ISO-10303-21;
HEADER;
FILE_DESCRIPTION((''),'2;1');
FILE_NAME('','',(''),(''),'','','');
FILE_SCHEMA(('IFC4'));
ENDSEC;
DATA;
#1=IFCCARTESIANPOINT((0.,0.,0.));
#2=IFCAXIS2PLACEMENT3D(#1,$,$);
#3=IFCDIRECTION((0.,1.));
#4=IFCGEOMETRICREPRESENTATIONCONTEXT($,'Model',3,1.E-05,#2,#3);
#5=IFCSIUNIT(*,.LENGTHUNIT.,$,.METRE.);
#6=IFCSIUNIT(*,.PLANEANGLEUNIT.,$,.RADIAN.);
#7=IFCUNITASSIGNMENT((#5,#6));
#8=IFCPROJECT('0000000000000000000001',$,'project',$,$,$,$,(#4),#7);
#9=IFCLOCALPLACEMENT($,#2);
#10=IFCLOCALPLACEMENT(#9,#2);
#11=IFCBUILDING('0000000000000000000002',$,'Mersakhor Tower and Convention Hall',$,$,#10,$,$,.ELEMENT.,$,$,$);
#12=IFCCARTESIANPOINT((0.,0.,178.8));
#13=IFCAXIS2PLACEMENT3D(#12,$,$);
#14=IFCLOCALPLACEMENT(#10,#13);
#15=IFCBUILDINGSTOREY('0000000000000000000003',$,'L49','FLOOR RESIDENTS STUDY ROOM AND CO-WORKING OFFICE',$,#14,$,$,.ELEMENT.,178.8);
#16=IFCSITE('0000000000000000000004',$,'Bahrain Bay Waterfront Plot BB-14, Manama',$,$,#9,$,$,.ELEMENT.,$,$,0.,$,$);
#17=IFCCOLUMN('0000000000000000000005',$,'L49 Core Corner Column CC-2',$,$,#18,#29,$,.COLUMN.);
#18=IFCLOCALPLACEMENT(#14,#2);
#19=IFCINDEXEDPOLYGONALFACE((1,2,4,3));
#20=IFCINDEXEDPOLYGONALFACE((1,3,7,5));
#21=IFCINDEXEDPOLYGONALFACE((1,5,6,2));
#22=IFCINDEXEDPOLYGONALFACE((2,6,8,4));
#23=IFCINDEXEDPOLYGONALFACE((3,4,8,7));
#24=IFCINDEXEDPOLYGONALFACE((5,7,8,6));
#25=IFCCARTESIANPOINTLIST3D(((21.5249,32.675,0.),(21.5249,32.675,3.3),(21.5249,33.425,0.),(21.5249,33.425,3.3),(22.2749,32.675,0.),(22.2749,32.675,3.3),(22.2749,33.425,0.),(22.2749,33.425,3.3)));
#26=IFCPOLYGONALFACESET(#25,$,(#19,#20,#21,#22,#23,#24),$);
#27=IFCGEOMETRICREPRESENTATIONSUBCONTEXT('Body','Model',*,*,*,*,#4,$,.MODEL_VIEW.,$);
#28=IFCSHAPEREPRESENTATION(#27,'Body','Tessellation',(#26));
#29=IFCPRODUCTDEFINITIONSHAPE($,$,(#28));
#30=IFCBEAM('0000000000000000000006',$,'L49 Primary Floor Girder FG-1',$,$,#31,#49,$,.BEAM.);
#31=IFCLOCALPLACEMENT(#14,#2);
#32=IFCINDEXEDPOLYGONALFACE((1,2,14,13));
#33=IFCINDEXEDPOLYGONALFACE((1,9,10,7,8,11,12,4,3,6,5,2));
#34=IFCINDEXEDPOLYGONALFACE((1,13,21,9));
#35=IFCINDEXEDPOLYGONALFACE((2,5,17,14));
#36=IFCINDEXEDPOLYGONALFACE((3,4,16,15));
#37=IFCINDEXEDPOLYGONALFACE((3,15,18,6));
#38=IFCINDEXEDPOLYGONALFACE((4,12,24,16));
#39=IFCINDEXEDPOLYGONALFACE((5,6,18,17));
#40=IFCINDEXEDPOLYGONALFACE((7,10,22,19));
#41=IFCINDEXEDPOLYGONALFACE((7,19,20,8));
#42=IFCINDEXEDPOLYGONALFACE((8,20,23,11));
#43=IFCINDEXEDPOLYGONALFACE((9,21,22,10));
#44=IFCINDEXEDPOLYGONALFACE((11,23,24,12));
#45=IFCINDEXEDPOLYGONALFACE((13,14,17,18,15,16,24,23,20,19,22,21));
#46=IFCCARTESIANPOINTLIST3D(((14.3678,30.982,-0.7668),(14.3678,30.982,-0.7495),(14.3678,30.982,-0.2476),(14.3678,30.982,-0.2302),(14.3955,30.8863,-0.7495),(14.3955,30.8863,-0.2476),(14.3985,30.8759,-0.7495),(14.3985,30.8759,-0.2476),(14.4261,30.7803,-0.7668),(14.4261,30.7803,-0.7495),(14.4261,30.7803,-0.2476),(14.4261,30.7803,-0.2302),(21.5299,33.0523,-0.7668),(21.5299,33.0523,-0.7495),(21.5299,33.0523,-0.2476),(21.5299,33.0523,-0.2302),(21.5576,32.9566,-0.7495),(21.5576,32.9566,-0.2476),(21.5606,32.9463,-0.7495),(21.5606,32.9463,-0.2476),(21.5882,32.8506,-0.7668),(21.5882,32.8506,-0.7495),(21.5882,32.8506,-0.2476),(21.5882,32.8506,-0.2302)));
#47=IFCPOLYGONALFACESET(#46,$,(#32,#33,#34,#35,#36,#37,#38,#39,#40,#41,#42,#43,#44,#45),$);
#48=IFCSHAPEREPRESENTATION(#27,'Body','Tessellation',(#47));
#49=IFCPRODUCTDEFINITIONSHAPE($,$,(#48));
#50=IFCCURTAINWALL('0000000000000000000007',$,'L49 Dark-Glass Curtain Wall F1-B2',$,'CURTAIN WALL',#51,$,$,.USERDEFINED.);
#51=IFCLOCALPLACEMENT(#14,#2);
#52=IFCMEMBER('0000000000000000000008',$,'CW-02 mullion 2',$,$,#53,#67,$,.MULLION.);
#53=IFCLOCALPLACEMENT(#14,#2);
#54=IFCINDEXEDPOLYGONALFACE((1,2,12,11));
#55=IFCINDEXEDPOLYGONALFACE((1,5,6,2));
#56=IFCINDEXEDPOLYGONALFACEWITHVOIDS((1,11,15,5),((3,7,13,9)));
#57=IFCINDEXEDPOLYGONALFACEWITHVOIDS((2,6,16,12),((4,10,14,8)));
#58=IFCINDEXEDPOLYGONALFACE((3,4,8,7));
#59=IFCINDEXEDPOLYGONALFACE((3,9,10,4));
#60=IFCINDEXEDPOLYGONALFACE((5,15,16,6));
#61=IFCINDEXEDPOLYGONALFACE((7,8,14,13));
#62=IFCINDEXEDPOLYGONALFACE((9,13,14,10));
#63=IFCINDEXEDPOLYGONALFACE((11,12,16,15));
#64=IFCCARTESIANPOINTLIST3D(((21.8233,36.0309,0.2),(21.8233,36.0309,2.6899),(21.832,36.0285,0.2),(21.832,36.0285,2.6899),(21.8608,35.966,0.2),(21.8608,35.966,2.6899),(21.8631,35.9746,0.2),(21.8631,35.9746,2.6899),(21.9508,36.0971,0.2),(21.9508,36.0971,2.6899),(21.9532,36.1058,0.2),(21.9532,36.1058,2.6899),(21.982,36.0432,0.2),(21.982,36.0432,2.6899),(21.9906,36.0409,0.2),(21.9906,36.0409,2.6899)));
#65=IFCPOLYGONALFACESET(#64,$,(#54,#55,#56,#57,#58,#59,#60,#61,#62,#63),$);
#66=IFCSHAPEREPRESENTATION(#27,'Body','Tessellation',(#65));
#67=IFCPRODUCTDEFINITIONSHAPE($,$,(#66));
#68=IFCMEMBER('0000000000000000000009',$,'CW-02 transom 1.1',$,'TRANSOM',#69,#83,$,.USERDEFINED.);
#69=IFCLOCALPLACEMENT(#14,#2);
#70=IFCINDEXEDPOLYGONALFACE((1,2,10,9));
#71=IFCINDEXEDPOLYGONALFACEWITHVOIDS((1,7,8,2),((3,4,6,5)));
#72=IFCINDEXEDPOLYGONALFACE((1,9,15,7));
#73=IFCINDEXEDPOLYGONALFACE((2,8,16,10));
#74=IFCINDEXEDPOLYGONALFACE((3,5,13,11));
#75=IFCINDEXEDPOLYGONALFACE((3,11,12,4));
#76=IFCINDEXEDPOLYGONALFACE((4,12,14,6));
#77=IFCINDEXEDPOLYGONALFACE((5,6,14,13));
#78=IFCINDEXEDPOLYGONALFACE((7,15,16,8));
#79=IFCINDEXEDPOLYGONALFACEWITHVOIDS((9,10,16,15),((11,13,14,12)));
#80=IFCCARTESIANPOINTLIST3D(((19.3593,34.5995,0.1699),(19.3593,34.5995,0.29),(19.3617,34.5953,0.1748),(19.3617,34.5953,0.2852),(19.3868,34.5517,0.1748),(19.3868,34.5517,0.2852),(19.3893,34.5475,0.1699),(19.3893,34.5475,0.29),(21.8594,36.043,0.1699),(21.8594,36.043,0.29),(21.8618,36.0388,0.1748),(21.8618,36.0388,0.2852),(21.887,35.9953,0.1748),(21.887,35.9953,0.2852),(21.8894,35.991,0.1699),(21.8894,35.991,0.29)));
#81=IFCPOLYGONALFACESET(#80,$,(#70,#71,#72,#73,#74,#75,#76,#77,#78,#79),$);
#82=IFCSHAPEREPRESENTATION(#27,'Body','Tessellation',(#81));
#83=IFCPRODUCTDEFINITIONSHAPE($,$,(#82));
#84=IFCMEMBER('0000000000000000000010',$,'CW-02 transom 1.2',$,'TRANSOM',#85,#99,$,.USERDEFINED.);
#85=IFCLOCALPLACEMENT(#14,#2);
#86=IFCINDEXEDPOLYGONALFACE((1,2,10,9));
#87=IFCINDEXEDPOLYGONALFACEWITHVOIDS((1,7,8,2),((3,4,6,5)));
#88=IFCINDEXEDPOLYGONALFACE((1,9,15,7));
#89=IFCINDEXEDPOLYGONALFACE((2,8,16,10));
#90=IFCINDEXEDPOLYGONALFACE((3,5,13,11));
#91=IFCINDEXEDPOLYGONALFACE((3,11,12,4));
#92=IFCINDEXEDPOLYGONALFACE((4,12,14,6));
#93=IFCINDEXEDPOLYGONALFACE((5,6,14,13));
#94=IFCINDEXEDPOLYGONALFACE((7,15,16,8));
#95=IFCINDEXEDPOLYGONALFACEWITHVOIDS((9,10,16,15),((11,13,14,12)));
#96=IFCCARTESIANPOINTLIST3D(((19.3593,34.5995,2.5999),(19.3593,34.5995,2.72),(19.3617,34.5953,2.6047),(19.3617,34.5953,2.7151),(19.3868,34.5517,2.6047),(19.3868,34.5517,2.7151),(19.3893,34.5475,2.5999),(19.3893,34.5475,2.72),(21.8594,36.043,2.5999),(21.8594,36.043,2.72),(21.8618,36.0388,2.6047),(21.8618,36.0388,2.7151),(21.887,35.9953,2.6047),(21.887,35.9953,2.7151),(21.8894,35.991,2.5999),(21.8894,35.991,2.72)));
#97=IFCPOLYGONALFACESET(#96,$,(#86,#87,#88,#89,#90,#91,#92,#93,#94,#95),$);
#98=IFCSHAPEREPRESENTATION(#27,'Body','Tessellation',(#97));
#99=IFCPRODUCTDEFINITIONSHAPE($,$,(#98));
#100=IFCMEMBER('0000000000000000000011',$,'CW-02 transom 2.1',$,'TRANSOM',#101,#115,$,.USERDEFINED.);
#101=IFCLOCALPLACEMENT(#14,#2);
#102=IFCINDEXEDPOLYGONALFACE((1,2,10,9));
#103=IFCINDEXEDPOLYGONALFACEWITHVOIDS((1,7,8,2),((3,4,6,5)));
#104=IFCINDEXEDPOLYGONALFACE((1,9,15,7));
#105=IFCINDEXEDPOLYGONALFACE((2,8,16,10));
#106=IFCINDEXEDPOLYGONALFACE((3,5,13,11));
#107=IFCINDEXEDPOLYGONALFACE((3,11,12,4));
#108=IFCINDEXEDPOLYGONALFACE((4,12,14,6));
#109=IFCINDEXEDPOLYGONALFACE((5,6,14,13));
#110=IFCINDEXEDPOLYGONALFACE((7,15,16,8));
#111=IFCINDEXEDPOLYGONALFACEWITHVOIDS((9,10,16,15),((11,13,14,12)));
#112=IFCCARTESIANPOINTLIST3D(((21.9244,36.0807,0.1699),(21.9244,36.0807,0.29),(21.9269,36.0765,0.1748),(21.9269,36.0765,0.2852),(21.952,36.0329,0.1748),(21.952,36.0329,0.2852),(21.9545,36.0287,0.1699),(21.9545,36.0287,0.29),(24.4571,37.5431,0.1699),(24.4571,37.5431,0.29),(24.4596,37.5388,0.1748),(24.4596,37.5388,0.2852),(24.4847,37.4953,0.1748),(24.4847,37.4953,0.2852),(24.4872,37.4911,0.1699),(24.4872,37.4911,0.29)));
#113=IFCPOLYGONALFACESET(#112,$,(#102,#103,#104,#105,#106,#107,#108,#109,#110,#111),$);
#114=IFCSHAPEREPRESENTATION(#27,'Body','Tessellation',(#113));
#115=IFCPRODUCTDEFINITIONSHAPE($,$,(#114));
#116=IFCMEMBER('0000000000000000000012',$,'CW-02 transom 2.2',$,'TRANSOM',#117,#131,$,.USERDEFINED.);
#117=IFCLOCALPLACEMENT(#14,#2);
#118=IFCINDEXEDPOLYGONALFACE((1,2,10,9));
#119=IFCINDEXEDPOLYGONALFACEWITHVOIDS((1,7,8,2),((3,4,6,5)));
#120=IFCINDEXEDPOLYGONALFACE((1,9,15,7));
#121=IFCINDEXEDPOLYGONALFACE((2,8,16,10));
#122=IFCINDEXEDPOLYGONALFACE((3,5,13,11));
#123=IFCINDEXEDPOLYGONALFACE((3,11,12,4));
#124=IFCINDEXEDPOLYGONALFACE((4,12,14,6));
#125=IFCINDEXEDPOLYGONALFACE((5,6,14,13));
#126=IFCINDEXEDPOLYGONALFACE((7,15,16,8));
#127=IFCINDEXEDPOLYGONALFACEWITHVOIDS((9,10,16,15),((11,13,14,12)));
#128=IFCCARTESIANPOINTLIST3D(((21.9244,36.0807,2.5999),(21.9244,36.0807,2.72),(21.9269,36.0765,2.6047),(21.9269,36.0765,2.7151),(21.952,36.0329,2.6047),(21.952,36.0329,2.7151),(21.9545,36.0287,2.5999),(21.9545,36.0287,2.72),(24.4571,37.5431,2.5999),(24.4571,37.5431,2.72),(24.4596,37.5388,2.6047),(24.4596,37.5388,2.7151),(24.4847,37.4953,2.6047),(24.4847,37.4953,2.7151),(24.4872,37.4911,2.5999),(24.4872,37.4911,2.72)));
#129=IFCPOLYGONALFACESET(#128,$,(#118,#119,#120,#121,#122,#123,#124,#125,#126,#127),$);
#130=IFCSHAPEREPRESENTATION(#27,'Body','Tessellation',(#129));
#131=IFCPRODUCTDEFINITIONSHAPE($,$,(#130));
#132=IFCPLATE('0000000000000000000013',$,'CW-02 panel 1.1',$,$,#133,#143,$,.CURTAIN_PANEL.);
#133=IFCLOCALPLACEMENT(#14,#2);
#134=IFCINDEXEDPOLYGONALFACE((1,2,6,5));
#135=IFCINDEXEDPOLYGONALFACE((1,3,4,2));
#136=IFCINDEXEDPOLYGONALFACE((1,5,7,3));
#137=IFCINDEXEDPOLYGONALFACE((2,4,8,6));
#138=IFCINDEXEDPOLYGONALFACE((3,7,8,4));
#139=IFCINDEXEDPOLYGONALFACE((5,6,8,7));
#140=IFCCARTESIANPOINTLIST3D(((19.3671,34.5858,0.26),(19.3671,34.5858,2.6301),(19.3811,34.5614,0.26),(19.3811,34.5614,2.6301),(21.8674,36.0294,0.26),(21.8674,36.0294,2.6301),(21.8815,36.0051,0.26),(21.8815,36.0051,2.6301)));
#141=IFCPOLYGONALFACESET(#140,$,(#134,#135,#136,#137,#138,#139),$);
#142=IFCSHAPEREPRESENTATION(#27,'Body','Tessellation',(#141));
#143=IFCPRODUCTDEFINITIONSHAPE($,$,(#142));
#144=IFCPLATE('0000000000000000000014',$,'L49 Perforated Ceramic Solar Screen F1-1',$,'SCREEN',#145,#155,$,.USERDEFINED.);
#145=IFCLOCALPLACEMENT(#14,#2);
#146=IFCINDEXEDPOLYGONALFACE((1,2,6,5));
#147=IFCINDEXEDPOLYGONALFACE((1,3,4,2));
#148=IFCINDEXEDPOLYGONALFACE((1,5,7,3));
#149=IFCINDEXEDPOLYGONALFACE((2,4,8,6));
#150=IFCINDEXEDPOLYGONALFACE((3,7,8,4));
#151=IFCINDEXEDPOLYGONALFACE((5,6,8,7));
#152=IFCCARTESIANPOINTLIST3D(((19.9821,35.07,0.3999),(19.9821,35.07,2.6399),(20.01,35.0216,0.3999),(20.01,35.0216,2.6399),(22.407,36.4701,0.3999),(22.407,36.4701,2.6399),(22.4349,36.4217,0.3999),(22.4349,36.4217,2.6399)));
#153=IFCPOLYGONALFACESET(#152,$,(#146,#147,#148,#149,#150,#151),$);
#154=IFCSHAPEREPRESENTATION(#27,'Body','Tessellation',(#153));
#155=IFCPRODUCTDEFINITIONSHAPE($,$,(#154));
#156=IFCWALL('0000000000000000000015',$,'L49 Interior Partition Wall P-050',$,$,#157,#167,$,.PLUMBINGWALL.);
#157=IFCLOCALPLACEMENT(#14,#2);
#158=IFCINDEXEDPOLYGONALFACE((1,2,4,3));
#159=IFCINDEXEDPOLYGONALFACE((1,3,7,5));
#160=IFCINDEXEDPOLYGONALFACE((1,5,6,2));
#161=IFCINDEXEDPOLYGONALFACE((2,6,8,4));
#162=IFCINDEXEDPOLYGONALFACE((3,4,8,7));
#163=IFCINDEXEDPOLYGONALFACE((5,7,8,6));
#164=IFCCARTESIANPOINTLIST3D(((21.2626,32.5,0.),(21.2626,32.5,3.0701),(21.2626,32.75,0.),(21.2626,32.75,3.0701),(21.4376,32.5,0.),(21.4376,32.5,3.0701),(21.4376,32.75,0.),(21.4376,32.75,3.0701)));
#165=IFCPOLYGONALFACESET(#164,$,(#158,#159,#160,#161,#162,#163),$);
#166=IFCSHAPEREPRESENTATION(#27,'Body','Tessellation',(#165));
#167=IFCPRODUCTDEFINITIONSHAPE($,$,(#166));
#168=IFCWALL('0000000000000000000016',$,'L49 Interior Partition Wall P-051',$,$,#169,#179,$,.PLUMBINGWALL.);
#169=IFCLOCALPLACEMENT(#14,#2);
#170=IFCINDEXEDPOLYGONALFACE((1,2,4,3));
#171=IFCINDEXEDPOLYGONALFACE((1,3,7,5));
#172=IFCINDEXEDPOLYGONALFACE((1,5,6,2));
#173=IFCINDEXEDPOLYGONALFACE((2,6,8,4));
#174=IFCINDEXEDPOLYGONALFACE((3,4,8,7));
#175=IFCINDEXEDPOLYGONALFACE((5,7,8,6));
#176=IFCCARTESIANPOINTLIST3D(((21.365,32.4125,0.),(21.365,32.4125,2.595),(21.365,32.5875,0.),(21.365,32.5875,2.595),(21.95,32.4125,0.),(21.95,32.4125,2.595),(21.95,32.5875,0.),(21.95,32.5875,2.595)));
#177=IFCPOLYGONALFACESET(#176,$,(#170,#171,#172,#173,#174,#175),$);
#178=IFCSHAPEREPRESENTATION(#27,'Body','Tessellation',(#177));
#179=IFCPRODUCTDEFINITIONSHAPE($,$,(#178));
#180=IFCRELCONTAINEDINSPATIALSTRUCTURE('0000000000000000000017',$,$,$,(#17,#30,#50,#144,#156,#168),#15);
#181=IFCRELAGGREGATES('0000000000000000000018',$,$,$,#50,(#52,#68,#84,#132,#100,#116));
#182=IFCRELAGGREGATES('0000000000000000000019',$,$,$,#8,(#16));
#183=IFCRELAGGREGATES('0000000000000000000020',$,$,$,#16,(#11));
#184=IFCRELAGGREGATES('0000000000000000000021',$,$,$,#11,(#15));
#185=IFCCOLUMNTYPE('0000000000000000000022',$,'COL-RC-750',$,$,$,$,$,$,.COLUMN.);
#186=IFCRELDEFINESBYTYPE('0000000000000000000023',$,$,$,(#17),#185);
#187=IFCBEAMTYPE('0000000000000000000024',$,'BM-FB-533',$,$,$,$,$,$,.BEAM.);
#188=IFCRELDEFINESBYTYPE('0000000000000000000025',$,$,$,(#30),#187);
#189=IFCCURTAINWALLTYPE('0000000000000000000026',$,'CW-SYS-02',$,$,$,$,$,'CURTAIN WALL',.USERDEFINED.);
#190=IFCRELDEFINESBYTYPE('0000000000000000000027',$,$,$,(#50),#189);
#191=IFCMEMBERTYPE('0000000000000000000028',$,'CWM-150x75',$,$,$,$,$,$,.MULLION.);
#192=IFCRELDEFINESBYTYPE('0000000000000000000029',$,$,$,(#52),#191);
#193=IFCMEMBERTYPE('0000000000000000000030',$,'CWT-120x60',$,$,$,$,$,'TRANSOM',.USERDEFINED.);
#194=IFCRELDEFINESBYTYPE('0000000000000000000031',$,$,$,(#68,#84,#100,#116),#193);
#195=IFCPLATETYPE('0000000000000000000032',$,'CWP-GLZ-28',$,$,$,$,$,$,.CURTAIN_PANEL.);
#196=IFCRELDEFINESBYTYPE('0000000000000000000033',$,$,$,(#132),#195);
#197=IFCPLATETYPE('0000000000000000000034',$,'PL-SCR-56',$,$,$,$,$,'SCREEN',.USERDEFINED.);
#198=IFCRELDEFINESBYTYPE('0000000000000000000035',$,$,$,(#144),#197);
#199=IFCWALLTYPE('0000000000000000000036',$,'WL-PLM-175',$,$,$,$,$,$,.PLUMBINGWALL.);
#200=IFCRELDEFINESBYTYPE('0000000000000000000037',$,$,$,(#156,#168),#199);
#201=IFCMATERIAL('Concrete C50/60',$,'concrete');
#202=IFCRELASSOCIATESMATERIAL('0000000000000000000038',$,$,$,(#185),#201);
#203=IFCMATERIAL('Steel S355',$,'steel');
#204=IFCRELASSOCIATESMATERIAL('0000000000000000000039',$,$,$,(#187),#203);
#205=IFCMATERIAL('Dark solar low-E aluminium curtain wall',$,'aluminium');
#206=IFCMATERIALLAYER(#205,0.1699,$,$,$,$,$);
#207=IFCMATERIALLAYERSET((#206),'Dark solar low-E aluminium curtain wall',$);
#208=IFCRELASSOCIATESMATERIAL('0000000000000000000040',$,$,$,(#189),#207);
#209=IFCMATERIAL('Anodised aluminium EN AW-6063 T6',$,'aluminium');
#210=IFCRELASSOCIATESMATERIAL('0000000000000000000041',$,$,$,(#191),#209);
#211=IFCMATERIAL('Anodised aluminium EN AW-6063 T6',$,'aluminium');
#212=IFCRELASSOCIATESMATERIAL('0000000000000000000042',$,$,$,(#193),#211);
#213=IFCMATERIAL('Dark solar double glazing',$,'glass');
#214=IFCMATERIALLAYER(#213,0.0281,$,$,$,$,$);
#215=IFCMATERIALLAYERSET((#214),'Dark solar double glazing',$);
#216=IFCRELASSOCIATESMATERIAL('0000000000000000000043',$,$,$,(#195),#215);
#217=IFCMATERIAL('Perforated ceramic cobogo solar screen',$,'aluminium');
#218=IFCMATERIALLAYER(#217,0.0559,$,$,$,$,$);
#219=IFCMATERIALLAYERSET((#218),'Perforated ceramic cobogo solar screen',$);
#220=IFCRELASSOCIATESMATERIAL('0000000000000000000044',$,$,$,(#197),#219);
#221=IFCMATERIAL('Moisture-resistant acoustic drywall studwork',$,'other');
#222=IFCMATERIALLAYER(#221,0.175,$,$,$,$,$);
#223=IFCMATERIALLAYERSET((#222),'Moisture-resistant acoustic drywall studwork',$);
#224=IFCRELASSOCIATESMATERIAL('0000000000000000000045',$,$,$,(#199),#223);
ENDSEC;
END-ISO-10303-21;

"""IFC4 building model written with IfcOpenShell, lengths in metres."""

from ifc_helpers import new_model, si_unit, direction, frame, frame_2d, origin, origin_2d, place, context, subcontext, project, spatial, rectangle, hollow_rectangle, i_section, extrude, material, layer, layer_set, material_profile, profile_set, type_object, element, aggregate, save


model = new_model("IFC4")

# Units and contexts
model_context = context("Model", 3, precision=1e-05, world=origin(), true_north=direction((0.0, 1.0)))
body_context = subcontext(model_context, "Body", "Model", "MODEL_VIEW")
ifc_project = project(units=[si_unit("LENGTHUNIT", "METRE"), si_unit("PLANEANGLEUNIT", "RADIAN")], contexts=[model_context])

# Site, building, storey
site_placement = place(None, origin())
site = spatial("IfcSite", under=ifc_project, at=site_placement, Name="Bahrain Bay Waterfront Plot BB-14, Manama", CompositionType="ELEMENT", RefElevation=0.0)
building_placement = place(site_placement, origin())
building = spatial("IfcBuilding", under=site, at=building_placement, Name="Mersakhor Tower and Convention Hall", CompositionType="ELEMENT")
storey_placement = place(building_placement, frame((0.0, 0.0, 178.8)))
storey = spatial("IfcBuildingStorey", under=building, at=storey_placement, Name="L49", Description="FLOOR RESIDENTS STUDY ROOM AND CO-WORKING OFFICE", CompositionType="ELEMENT", Elevation=178.8)

# Column
ifc_material_1 = material(Name="Concrete C50/60", Category="concrete")
ifc_material_profile_1 = material_profile(ifc_material_1, rectangle(XDim=0.75, YDim=0.75, at=origin_2d()), Name="RC 750x750")
ifc_profile_set_1 = profile_set([ifc_material_profile_1], Name="Concrete C50/60")
column_type = type_object("IfcColumnType", Name="COL-RC-750", PredefinedType="COLUMN", material=ifc_profile_set_1)
column_placement = place(storey_placement, frame((21.8999, 33.05, 0.0), z_axis=(0.0, 0.0, 1.0), x_axis=(1.0, 0.0, 0.0)))
element("IfcColumn", 1, at=column_placement, inside=storey, type_object=column_type, Name="L49 Core Corner Column CC-2", PredefinedType="COLUMN", context=body_context, shape_type="SweptSolid", body=[
    extrude(rectangle(XDim=0.75, YDim=0.75, at=origin_2d()), origin(), (0.0, 0.0, 1.0), 3.3),
])

# Beam
ifc_material_2 = material(Name="Steel S355", Category="steel")
ifc_material_profile_2 = material_profile(ifc_material_2, i_section(OverallWidth=0.21, OverallDepth=0.5366, WebThickness=0.0107, FlangeThickness=0.0173, at=origin_2d()), Name="UB 533x210x101")
ifc_profile_set_2 = profile_set([ifc_material_profile_2], Name="Steel S355")
beam_type = type_object("IfcBeamType", Name="BM-FB-533", PredefinedType="BEAM", material=ifc_profile_set_2)
beam_placement = place(storey_placement, frame((21.5591, 32.9514, -0.4985), z_axis=(-0.960669, -0.277695, 0.0), x_axis=(0.277695, -0.960669, 0.0)))
element("IfcBeam", 2, at=beam_placement, inside=storey, type_object=beam_type, Name="L49 Primary Floor Girder FG-1", PredefinedType="BEAM", context=body_context, shape_type="SweptSolid", body=[
    extrude(i_section(OverallWidth=0.21, OverallDepth=0.5366, WebThickness=0.0107, FlangeThickness=0.0173, at=origin_2d()), origin(), (0.0, 0.0, 1.0), 7.4553),
])

# Curtain wall, members, plate
ifc_material_3 = material(Name="Dark solar low-E aluminium curtain wall", Category="aluminium")
ifc_layer_1 = layer(ifc_material_3, 0.1699)
ifc_layer_set_1 = layer_set([ifc_layer_1], Name="Dark solar low-E aluminium curtain wall")
curtain_wall_type = type_object("IfcCurtainWallType", Name="CW-SYS-02", ElementType="CURTAIN WALL", PredefinedType="USERDEFINED", material=ifc_layer_set_1)
curtain_wall_placement = place(storey_placement, origin())
curtain_wall = element("IfcCurtainWall", 3, at=curtain_wall_placement, inside=storey, type_object=curtain_wall_type, Name="L49 Dark-Glass Curtain Wall F1-B2", ObjectType="CURTAIN WALL", PredefinedType="USERDEFINED")
ifc_material_4 = material(Name="Anodised aluminium EN AW-6063 T6", Category="aluminium")
ifc_material_profile_3 = material_profile(ifc_material_4, hollow_rectangle(XDim=0.075, YDim=0.1499, WallThickness=0.0063, at=origin_2d()), Name="RHS 150x75x6.3")
ifc_profile_set_3 = profile_set([ifc_material_profile_3], Name="Anodised aluminium EN AW-6063 T6")
member_type_1 = type_object("IfcMemberType", Name="CWM-150x75", PredefinedType="MULLION", material=ifc_profile_set_3)
member_1_placement = place(storey_placement, frame((21.907, 36.0359, 0.2), z_axis=(0.0, 0.0, 1.0), x_axis=(-0.500008, 0.866021, 0.0)))
member_1 = element("IfcMember", 4, at=member_1_placement, type_object=member_type_1, Name="CW-02 mullion 2", PredefinedType="MULLION", context=body_context, shape_type="SweptSolid", body=[
    extrude(hollow_rectangle(XDim=0.075, YDim=0.1499, WallThickness=0.0063, at=origin_2d()), origin(), (0.0, 0.0, 1.0), 2.49),
])
ifc_material_5 = material(Name="Anodised aluminium EN AW-6063 T6", Category="aluminium")
ifc_material_profile_4 = material_profile(ifc_material_5, hollow_rectangle(XDim=0.0601, YDim=0.1201, WallThickness=0.0049, at=origin_2d()), Name="RHS 120x60x5")
ifc_profile_set_4 = profile_set([ifc_material_profile_4], Name="Anodised aluminium EN AW-6063 T6")
member_type_2 = type_object("IfcMemberType", Name="CWT-120x60", ElementType="TRANSOM", PredefinedType="USERDEFINED", material=ifc_profile_set_4)
member_2_placement = place(storey_placement, frame((19.3743, 34.5735, 0.23), z_axis=(0.866012, 0.500023, 0.0), x_axis=(-0.500023, 0.866012, 0.0)))
member_2 = element("IfcMember", 5, at=member_2_placement, type_object=member_type_2, Name="CW-02 transom 1.1", ObjectType="TRANSOM", PredefinedType="USERDEFINED", context=body_context, shape_type="SweptSolid", body=[
    extrude(hollow_rectangle(XDim=0.0601, YDim=0.1201, WallThickness=0.0049, at=origin_2d()), origin(), (0.0, 0.0, 1.0), 2.887),
])
member_3_placement = place(storey_placement, frame((19.3743, 34.5735, 2.6599), z_axis=(0.866012, 0.500023, 0.0), x_axis=(-0.500023, 0.866012, 0.0)))
member_3 = element("IfcMember", 6, at=member_3_placement, type_object=member_type_2, Name="CW-02 transom 1.2", ObjectType="TRANSOM", PredefinedType="USERDEFINED", context=body_context, shape_type="SweptSolid", body=[
    extrude(hollow_rectangle(XDim=0.0601, YDim=0.1201, WallThickness=0.0049, at=origin_2d()), origin(), (0.0, 0.0, 1.0), 2.887),
])
member_4_placement = place(storey_placement, frame((21.9395, 36.0547, 0.23), z_axis=(0.866005, 0.500036, 0.0), x_axis=(-0.500036, 0.866005, 0.0)))
member_4 = element("IfcMember", 7, at=member_4_placement, type_object=member_type_2, Name="CW-02 transom 2.1", ObjectType="TRANSOM", PredefinedType="USERDEFINED", context=body_context, shape_type="SweptSolid", body=[
    extrude(hollow_rectangle(XDim=0.0601, YDim=0.1201, WallThickness=0.0049, at=origin_2d()), origin(), (0.0, 0.0, 1.0), 2.9246),
])
member_5_placement = place(storey_placement, frame((21.9395, 36.0547, 2.6599), z_axis=(0.866005, 0.500036, 0.0), x_axis=(-0.500036, 0.866005, 0.0)))
member_5 = element("IfcMember", 8, at=member_5_placement, type_object=member_type_2, Name="CW-02 transom 2.2", ObjectType="TRANSOM", PredefinedType="USERDEFINED", context=body_context, shape_type="SweptSolid", body=[
    extrude(hollow_rectangle(XDim=0.0601, YDim=0.1201, WallThickness=0.0049, at=origin_2d()), origin(), (0.0, 0.0, 1.0), 2.9246),
])
ifc_material_6 = material(Name="Dark solar double glazing", Category="glass")
ifc_layer_2 = layer(ifc_material_6, 0.0281)
ifc_layer_set_2 = layer_set([ifc_layer_2], Name="Dark solar double glazing")
plate_type_1 = type_object("IfcPlateType", Name="CWP-GLZ-28", PredefinedType="CURTAIN_PANEL", material=ifc_layer_set_2)
plate_1_placement = place(storey_placement, frame((20.6243, 35.2954, 0.26), z_axis=(0.0, 0.0, 1.0), x_axis=(0.866021, 0.500008, 0.0)))
plate_1 = element("IfcPlate", 9, at=plate_1_placement, type_object=plate_type_1, Name="CW-02 panel 1.1", PredefinedType="CURTAIN_PANEL", context=body_context, shape_type="SweptSolid", body=[
    extrude(rectangle(XDim=2.8872, YDim=0.0281, at=origin_2d()), origin(), (0.0, 0.0, 1.0), 2.3701),
])
aggregate(curtain_wall, [member_1, member_2, member_3, plate_1, member_4, member_5])

# Plate
ifc_material_7 = material(Name="Perforated ceramic cobogo solar screen", Category="aluminium")
ifc_layer_3 = layer(ifc_material_7, 0.0559)
ifc_layer_set_3 = layer_set([ifc_layer_3], Name="Perforated ceramic cobogo solar screen")
plate_type_2 = type_object("IfcPlateType", Name="PL-SCR-56", ElementType="SCREEN", PredefinedType="USERDEFINED", material=ifc_layer_set_3)
plate_2_placement = place(storey_placement, frame((21.2085, 35.7458, 0.3999), z_axis=(0.0, 0.0, 1.0), x_axis=(0.866025, 0.5, 0.0)))
element("IfcPlate", 10, at=plate_2_placement, inside=storey, type_object=plate_type_2, Name="L49 Perforated Ceramic Solar Screen F1-1", ObjectType="SCREEN", PredefinedType="USERDEFINED", context=body_context, shape_type="SweptSolid", body=[
    extrude(rectangle(XDim=2.8, YDim=0.0559, at=origin_2d()), origin(), (0.0, 0.0, 1.0), 2.24),
])

# Walls
ifc_material_8 = material(Name="Moisture-resistant acoustic drywall studwork", Category="other")
ifc_layer_4 = layer(ifc_material_8, 0.175)
ifc_layer_set_4 = layer_set([ifc_layer_4], Name="Moisture-resistant acoustic drywall studwork")
wall_type_1 = type_object("IfcWallType", Name="WL-PLM-175", PredefinedType="PLUMBINGWALL", material=ifc_layer_set_4)
wall_1_placement = place(storey_placement, frame((21.3501, 32.75, 0.0), z_axis=(0.0, 0.0, 1.0), x_axis=(0.0, -1.0, 0.0)))
element("IfcWall", 11, at=wall_1_placement, inside=storey, type_object=wall_type_1, Name="L49 Interior Partition Wall P-050", PredefinedType="PLUMBINGWALL", context=body_context, shape_type="SweptSolid", body=[
    extrude(rectangle(XDim=0.25, YDim=0.175, at=frame_2d((0.125, 0.0))), origin(), (0.0, 0.0, 1.0), 3.0701),
])
wall_2_placement = place(storey_placement, frame((21.365, 32.5, 0.0), z_axis=(0.0, 0.0, 1.0), x_axis=(1.0, 0.0, 0.0)))
element("IfcWall", 12, at=wall_2_placement, inside=storey, type_object=wall_type_1, Name="L49 Interior Partition Wall P-051", PredefinedType="PLUMBINGWALL", context=body_context, shape_type="SweptSolid", body=[
    extrude(rectangle(XDim=0.585, YDim=0.175, at=frame_2d((0.2925, 0.0))), origin(), (0.0, 0.0, 1.0), 2.595),
])

save(model, "model.ifc")
